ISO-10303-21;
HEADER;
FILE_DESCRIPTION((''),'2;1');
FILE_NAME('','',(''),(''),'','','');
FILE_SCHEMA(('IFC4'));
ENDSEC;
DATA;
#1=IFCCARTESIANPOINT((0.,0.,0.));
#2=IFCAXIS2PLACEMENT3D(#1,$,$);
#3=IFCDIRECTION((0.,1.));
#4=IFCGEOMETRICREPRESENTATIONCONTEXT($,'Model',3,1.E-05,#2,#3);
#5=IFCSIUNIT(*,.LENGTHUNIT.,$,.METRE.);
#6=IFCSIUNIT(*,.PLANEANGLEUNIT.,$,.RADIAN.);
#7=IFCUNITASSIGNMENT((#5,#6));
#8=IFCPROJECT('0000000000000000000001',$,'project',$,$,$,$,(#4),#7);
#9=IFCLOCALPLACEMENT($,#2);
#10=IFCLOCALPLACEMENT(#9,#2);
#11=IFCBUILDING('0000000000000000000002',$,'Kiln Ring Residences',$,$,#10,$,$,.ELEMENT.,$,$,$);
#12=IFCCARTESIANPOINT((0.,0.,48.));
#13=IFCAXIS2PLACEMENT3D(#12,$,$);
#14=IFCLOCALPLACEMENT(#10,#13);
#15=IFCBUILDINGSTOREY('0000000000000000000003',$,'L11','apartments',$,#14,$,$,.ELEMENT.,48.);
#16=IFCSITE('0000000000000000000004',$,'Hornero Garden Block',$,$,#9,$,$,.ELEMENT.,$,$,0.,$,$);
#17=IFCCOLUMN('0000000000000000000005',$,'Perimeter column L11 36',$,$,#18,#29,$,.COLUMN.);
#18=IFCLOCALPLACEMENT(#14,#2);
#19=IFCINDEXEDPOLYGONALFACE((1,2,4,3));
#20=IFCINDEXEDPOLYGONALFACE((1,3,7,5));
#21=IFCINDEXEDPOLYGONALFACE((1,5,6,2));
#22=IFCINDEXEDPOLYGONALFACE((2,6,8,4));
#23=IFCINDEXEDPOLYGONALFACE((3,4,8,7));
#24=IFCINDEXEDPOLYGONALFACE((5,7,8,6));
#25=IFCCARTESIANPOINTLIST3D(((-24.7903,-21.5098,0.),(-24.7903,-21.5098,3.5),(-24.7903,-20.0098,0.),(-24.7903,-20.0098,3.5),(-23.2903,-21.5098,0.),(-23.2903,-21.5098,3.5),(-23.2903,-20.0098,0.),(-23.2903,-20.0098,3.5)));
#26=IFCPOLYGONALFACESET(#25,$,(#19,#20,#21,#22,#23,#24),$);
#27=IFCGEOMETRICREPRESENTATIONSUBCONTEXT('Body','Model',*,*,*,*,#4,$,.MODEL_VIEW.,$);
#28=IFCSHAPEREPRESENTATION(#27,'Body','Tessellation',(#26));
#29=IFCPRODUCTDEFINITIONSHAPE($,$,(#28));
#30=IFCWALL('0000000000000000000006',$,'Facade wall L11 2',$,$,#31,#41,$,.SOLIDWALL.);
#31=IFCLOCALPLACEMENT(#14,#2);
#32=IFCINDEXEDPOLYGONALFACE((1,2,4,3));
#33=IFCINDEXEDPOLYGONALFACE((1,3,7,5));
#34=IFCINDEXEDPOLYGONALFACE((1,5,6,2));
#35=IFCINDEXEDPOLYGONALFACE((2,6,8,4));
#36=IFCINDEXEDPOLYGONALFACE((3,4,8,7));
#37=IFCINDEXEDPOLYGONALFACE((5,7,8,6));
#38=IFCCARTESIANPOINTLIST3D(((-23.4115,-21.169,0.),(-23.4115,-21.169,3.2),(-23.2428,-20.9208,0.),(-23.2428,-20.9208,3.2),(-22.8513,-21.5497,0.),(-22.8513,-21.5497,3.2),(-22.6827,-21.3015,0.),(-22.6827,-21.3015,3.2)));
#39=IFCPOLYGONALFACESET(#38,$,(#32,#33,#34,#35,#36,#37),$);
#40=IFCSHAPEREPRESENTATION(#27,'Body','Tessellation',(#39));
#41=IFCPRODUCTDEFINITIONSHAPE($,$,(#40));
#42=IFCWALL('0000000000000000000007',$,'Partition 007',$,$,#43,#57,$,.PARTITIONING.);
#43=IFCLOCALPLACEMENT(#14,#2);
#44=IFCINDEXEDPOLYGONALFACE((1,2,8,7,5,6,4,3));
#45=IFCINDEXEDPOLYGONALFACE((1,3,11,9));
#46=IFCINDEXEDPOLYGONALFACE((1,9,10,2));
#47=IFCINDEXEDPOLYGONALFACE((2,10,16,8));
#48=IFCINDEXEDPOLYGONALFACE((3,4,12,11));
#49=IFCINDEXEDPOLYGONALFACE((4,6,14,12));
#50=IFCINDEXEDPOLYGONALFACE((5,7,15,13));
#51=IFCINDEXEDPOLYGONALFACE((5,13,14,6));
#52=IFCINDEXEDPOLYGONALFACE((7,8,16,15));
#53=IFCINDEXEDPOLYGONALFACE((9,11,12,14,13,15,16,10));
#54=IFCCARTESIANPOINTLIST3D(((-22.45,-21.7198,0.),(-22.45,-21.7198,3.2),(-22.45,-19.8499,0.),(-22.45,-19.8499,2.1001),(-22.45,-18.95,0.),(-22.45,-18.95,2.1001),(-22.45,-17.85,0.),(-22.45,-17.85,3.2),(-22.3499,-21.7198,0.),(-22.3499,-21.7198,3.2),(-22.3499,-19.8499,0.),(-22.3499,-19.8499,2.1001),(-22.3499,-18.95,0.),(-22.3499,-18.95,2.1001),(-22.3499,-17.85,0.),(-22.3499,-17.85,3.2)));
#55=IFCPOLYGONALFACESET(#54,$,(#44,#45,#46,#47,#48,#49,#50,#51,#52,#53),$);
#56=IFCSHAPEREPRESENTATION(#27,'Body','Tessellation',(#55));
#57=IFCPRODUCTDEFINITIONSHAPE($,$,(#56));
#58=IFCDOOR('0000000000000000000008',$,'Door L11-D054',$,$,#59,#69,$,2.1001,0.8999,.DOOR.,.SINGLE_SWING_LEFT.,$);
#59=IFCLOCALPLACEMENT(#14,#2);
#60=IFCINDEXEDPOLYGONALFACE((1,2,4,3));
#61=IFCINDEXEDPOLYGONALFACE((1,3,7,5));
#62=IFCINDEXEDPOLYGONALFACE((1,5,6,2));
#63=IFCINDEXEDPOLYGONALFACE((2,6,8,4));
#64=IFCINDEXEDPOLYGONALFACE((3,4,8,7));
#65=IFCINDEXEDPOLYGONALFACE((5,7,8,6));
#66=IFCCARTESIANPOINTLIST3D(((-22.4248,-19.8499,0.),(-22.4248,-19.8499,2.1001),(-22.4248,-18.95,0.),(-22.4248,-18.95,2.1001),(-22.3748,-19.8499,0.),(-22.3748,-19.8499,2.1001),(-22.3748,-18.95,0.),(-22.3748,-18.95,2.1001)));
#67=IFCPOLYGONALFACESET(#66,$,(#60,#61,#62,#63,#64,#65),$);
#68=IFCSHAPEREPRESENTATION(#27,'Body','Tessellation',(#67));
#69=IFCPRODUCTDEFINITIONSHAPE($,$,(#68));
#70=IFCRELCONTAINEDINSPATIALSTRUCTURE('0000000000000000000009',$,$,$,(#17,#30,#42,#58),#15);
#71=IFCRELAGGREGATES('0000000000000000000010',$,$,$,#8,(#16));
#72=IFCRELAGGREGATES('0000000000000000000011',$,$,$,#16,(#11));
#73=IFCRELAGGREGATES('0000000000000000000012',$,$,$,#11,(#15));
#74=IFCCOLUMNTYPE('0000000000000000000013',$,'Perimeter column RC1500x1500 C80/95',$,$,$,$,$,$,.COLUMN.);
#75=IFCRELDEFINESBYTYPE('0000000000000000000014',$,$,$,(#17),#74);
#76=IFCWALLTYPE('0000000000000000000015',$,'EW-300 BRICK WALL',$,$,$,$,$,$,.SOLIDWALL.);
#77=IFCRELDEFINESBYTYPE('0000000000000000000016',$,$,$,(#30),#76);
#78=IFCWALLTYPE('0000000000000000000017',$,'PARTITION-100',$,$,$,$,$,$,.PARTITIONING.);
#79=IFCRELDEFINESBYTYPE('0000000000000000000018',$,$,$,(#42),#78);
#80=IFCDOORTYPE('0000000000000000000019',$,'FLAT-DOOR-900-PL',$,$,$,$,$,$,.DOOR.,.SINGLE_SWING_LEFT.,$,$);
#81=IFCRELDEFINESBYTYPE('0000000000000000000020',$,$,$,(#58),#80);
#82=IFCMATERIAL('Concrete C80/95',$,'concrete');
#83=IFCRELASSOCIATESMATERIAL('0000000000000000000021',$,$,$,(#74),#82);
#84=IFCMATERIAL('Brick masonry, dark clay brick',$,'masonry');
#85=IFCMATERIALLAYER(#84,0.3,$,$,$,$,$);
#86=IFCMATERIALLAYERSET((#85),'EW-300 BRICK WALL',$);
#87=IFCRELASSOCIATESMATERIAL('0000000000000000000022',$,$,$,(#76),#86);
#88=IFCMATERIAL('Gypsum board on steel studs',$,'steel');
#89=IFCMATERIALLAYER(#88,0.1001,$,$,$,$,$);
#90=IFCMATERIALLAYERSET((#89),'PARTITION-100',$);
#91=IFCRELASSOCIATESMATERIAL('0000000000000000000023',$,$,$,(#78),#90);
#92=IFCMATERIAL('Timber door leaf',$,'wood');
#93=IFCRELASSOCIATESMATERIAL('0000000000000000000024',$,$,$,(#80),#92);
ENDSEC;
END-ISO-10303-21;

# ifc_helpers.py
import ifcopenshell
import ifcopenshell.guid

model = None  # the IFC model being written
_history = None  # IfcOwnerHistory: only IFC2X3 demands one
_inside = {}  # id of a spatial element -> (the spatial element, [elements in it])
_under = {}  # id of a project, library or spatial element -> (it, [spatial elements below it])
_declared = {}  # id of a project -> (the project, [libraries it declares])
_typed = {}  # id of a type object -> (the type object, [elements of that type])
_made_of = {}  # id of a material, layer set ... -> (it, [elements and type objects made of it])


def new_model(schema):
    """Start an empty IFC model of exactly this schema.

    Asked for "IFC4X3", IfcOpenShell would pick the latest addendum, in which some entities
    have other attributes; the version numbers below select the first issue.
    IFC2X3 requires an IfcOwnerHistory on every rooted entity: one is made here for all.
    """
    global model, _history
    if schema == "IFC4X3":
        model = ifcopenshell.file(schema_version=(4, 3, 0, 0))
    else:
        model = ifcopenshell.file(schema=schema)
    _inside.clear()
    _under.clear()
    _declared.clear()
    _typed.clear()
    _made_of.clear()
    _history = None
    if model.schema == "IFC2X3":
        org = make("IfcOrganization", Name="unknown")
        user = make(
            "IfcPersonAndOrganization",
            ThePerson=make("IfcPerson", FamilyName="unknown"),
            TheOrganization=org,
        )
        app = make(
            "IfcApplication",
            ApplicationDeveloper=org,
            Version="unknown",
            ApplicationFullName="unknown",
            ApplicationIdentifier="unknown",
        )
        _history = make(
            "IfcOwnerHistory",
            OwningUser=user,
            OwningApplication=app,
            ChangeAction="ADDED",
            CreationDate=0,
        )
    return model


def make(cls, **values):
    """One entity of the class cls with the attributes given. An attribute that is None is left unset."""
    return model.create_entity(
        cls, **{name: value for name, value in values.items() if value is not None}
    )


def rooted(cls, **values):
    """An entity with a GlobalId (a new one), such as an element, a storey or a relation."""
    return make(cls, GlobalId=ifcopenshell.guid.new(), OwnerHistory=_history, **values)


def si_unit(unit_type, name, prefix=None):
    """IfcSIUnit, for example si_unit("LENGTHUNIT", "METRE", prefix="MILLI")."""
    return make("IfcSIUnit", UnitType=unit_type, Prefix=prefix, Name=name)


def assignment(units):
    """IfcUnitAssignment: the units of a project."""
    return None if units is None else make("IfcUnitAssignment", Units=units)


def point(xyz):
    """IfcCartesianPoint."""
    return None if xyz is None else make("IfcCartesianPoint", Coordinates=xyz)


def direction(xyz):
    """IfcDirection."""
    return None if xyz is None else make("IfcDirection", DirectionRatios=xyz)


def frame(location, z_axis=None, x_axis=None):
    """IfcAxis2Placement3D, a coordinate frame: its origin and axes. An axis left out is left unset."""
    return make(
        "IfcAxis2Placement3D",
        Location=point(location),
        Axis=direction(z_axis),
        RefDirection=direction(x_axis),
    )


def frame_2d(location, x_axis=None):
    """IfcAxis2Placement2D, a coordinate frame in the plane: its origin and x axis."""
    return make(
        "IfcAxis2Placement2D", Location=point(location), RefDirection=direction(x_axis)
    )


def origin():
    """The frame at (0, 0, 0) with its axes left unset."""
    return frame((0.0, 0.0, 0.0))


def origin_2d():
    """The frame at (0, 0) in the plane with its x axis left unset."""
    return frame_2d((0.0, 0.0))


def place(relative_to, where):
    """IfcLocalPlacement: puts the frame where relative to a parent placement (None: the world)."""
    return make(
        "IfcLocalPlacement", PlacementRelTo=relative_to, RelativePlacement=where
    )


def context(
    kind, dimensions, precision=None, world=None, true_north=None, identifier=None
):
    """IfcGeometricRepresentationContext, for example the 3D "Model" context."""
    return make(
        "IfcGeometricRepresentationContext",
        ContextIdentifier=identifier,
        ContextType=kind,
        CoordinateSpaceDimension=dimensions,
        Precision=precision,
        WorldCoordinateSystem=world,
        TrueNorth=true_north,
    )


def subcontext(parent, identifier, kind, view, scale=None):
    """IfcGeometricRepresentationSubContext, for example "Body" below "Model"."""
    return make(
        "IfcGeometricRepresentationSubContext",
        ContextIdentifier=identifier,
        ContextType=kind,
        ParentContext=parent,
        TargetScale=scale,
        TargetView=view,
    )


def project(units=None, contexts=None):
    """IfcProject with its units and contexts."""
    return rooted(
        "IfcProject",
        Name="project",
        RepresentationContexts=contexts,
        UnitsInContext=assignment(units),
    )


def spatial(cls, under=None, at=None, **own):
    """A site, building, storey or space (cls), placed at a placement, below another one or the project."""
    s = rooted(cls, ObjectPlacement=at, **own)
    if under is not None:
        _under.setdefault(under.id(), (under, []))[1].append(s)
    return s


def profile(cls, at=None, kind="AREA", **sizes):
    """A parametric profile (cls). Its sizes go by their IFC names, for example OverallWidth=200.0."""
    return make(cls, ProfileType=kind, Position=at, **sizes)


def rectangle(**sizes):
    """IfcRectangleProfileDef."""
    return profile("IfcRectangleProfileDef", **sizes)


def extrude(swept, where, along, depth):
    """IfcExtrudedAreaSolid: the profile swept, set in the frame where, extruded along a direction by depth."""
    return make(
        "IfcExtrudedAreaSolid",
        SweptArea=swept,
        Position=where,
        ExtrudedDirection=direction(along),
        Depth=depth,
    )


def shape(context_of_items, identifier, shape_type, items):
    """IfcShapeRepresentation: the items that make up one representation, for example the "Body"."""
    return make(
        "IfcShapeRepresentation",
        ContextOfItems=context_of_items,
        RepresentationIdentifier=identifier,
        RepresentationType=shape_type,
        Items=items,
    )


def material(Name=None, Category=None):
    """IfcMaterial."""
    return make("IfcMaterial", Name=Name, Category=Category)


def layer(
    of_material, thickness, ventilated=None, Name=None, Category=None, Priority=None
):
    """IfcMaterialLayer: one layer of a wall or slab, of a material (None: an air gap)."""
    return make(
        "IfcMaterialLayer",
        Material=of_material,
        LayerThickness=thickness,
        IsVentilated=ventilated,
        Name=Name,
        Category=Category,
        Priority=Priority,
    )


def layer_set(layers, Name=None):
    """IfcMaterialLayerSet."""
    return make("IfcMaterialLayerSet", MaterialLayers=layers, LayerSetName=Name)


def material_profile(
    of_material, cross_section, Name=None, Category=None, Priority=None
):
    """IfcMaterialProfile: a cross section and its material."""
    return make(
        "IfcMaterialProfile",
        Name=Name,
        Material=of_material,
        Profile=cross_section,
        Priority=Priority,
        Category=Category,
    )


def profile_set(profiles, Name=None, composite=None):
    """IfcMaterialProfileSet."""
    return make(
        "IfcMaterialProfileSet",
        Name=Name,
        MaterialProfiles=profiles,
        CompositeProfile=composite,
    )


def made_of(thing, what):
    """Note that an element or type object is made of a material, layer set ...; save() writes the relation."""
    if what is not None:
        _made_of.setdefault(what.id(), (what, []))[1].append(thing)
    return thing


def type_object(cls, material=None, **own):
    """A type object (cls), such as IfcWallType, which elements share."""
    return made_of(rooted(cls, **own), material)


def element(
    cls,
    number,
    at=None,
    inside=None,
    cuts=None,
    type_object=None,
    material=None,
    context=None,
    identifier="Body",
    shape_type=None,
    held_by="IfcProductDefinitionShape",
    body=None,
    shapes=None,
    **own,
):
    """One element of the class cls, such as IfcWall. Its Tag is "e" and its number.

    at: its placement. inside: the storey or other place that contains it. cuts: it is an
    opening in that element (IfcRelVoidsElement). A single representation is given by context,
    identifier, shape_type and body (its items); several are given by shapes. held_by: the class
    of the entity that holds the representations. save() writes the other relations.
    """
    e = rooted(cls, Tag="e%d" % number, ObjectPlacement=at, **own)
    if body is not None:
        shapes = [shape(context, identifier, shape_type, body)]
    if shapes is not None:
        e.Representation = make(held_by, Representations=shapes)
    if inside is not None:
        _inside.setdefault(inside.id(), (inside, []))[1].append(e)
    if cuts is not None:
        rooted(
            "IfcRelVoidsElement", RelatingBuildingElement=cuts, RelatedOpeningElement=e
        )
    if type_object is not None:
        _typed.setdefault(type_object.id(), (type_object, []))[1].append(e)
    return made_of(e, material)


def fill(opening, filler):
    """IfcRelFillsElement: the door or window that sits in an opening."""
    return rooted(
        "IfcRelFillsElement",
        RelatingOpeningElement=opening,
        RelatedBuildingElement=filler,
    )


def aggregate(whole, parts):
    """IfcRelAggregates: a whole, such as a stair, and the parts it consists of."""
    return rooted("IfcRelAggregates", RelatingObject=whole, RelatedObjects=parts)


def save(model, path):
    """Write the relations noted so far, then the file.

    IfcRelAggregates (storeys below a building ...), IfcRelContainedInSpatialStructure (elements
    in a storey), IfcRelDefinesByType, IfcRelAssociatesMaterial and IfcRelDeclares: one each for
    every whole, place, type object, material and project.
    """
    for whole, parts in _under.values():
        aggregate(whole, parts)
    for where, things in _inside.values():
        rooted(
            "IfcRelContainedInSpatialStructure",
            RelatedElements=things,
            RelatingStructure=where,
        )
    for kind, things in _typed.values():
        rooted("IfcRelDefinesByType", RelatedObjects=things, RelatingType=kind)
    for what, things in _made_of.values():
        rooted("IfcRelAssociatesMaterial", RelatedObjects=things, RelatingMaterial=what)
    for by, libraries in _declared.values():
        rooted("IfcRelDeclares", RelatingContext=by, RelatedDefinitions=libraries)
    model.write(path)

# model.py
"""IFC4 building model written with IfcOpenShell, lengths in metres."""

from ifc_helpers import new_model, si_unit, direction, frame, frame_2d, origin, origin_2d, place, context, subcontext, project, spatial, rectangle, extrude, material, layer, layer_set, material_profile, profile_set, type_object, element, fill, save


model = new_model("IFC4")

# Units and contexts
model_context = context("Model", 3, precision=1e-05, world=origin(), true_north=direction((0.0, 1.0)))
body_context = subcontext(model_context, "Body", "Model", "MODEL_VIEW")
ifc_project = project(units=[si_unit("LENGTHUNIT", "METRE"), si_unit("PLANEANGLEUNIT", "RADIAN")], contexts=[model_context])

# Site, building, storey
site_placement = place(None, origin())
site = spatial("IfcSite", under=ifc_project, at=site_placement, Name="Hornero Garden Block", CompositionType="ELEMENT", RefElevation=0.0)
building_placement = place(site_placement, origin())
building = spatial("IfcBuilding", under=site, at=building_placement, Name="Kiln Ring Residences", CompositionType="ELEMENT")
storey_placement = place(building_placement, frame((0.0, 0.0, 48.0)))
storey = spatial("IfcBuildingStorey", under=building, at=storey_placement, Name="L11", Description="apartments", CompositionType="ELEMENT", Elevation=48.0)

# Column
ifc_material_1 = material(Name="Concrete C80/95", Category="concrete")
ifc_material_profile = material_profile(ifc_material_1, rectangle(XDim=1.5, YDim=1.5, at=origin_2d()), Name="RC1500x1500")
ifc_profile_set = profile_set([ifc_material_profile], Name="Concrete C80/95")
column_type = type_object("IfcColumnType", Name="Perimeter column RC1500x1500 C80/95", PredefinedType="COLUMN", material=ifc_profile_set)
column_placement = place(storey_placement, frame((-24.0403, -20.7598, 0.0), z_axis=(0.0, 0.0, 1.0), x_axis=(1.0, 0.0, 0.0)))
element("IfcColumn", 1, at=column_placement, inside=storey, type_object=column_type, Name="Perimeter column L11 36", PredefinedType="COLUMN", context=body_context, shape_type="SweptSolid", body=[
    extrude(rectangle(XDim=1.5, YDim=1.5, at=origin_2d()), origin(), (0.0, 0.0, 1.0), 3.5),
])

# Wall
ifc_material_2 = material(Name="Brick masonry, dark clay brick", Category="masonry")
ifc_layer_1 = layer(ifc_material_2, 0.3)
ifc_layer_set_1 = layer_set([ifc_layer_1], Name="EW-300 BRICK WALL")
wall_type_1 = type_object("IfcWallType", Name="EW-300 BRICK WALL", PredefinedType="SOLIDWALL", material=ifc_layer_set_1)
wall_1_placement = place(storey_placement, frame((-23.3271, -21.0449, 0.0), z_axis=(0.0, 0.0, 1.0), x_axis=(0.827081, -0.562083, 0.0)))
element("IfcWall", 2, at=wall_1_placement, inside=storey, type_object=wall_type_1, Name="Facade wall L11 2", PredefinedType="SOLIDWALL", context=body_context, shape_type="SweptSolid", body=[
    extrude(rectangle(XDim=0.6772, YDim=0.3, at=frame_2d((0.3386, 0.0))), origin(), (0.0, 0.0, 1.0), 3.2),
])

# Wall, opening, door
ifc_material_3 = material(Name="Gypsum board on steel studs", Category="steel")
ifc_layer_2 = layer(ifc_material_3, 0.1001)
ifc_layer_set_2 = layer_set([ifc_layer_2], Name="PARTITION-100")
wall_type_2 = type_object("IfcWallType", Name="PARTITION-100", PredefinedType="PARTITIONING", material=ifc_layer_set_2)
wall_2_placement = place(storey_placement, frame((-22.3999, -21.72, 0.0), z_axis=(0.0, 0.0, 1.0), x_axis=(0.0, 1.0, 0.0)))
wall_2 = element("IfcWall", 3, at=wall_2_placement, inside=storey, type_object=wall_type_2, Name="Partition 007", PredefinedType="PARTITIONING", context=body_context, shape_type="SweptSolid", body=[
    extrude(rectangle(XDim=3.8699, YDim=0.1001, at=frame_2d((1.9351, 0.0))), origin(), (0.0, 0.0, 1.0), 3.2),
])
opening_placement = place(wall_2_placement, frame((1.8701, 0.0, 0.0)))
opening = element("IfcOpeningElement", 4, at=opening_placement, cuts=wall_2, PredefinedType="OPENING", context=body_context, shape_type="SweptSolid", body=[
    extrude(rectangle(XDim=0.8999, YDim=2.1001, at=frame_2d((0.45, 1.05))), frame((0.0, 0.0601, 0.0), z_axis=(0.0, -1.0, 0.0), x_axis=(1.0, 0.0, 0.0)), (0.0, 0.0, 1.0), 0.1201),
])
ifc_material_4 = material(Name="Timber door leaf", Category="wood")
door_type = type_object("IfcDoorType", Name="FLAT-DOOR-900-PL", OperationType="SINGLE_SWING_LEFT", PredefinedType="DOOR", material=ifc_material_4)
door_placement = place(opening_placement, origin())
door = element("IfcDoor", 5, at=door_placement, inside=storey, type_object=door_type, Name="Door L11-D054", OperationType="SINGLE_SWING_LEFT", OverallHeight=2.1001, OverallWidth=0.8999, PredefinedType="DOOR", context=body_context, shape_type="SweptSolid", body=[
    extrude(rectangle(XDim=0.8999, YDim=2.1001, at=frame_2d((0.45, 1.05))), frame((0.0, 0.0249, 0.0), z_axis=(0.0, -1.0, 0.0), x_axis=(1.0, 0.0, 0.0)), (0.0, 0.0, 1.0), 0.05),
])
fill(opening, door)

save(model, "model.ifc")
